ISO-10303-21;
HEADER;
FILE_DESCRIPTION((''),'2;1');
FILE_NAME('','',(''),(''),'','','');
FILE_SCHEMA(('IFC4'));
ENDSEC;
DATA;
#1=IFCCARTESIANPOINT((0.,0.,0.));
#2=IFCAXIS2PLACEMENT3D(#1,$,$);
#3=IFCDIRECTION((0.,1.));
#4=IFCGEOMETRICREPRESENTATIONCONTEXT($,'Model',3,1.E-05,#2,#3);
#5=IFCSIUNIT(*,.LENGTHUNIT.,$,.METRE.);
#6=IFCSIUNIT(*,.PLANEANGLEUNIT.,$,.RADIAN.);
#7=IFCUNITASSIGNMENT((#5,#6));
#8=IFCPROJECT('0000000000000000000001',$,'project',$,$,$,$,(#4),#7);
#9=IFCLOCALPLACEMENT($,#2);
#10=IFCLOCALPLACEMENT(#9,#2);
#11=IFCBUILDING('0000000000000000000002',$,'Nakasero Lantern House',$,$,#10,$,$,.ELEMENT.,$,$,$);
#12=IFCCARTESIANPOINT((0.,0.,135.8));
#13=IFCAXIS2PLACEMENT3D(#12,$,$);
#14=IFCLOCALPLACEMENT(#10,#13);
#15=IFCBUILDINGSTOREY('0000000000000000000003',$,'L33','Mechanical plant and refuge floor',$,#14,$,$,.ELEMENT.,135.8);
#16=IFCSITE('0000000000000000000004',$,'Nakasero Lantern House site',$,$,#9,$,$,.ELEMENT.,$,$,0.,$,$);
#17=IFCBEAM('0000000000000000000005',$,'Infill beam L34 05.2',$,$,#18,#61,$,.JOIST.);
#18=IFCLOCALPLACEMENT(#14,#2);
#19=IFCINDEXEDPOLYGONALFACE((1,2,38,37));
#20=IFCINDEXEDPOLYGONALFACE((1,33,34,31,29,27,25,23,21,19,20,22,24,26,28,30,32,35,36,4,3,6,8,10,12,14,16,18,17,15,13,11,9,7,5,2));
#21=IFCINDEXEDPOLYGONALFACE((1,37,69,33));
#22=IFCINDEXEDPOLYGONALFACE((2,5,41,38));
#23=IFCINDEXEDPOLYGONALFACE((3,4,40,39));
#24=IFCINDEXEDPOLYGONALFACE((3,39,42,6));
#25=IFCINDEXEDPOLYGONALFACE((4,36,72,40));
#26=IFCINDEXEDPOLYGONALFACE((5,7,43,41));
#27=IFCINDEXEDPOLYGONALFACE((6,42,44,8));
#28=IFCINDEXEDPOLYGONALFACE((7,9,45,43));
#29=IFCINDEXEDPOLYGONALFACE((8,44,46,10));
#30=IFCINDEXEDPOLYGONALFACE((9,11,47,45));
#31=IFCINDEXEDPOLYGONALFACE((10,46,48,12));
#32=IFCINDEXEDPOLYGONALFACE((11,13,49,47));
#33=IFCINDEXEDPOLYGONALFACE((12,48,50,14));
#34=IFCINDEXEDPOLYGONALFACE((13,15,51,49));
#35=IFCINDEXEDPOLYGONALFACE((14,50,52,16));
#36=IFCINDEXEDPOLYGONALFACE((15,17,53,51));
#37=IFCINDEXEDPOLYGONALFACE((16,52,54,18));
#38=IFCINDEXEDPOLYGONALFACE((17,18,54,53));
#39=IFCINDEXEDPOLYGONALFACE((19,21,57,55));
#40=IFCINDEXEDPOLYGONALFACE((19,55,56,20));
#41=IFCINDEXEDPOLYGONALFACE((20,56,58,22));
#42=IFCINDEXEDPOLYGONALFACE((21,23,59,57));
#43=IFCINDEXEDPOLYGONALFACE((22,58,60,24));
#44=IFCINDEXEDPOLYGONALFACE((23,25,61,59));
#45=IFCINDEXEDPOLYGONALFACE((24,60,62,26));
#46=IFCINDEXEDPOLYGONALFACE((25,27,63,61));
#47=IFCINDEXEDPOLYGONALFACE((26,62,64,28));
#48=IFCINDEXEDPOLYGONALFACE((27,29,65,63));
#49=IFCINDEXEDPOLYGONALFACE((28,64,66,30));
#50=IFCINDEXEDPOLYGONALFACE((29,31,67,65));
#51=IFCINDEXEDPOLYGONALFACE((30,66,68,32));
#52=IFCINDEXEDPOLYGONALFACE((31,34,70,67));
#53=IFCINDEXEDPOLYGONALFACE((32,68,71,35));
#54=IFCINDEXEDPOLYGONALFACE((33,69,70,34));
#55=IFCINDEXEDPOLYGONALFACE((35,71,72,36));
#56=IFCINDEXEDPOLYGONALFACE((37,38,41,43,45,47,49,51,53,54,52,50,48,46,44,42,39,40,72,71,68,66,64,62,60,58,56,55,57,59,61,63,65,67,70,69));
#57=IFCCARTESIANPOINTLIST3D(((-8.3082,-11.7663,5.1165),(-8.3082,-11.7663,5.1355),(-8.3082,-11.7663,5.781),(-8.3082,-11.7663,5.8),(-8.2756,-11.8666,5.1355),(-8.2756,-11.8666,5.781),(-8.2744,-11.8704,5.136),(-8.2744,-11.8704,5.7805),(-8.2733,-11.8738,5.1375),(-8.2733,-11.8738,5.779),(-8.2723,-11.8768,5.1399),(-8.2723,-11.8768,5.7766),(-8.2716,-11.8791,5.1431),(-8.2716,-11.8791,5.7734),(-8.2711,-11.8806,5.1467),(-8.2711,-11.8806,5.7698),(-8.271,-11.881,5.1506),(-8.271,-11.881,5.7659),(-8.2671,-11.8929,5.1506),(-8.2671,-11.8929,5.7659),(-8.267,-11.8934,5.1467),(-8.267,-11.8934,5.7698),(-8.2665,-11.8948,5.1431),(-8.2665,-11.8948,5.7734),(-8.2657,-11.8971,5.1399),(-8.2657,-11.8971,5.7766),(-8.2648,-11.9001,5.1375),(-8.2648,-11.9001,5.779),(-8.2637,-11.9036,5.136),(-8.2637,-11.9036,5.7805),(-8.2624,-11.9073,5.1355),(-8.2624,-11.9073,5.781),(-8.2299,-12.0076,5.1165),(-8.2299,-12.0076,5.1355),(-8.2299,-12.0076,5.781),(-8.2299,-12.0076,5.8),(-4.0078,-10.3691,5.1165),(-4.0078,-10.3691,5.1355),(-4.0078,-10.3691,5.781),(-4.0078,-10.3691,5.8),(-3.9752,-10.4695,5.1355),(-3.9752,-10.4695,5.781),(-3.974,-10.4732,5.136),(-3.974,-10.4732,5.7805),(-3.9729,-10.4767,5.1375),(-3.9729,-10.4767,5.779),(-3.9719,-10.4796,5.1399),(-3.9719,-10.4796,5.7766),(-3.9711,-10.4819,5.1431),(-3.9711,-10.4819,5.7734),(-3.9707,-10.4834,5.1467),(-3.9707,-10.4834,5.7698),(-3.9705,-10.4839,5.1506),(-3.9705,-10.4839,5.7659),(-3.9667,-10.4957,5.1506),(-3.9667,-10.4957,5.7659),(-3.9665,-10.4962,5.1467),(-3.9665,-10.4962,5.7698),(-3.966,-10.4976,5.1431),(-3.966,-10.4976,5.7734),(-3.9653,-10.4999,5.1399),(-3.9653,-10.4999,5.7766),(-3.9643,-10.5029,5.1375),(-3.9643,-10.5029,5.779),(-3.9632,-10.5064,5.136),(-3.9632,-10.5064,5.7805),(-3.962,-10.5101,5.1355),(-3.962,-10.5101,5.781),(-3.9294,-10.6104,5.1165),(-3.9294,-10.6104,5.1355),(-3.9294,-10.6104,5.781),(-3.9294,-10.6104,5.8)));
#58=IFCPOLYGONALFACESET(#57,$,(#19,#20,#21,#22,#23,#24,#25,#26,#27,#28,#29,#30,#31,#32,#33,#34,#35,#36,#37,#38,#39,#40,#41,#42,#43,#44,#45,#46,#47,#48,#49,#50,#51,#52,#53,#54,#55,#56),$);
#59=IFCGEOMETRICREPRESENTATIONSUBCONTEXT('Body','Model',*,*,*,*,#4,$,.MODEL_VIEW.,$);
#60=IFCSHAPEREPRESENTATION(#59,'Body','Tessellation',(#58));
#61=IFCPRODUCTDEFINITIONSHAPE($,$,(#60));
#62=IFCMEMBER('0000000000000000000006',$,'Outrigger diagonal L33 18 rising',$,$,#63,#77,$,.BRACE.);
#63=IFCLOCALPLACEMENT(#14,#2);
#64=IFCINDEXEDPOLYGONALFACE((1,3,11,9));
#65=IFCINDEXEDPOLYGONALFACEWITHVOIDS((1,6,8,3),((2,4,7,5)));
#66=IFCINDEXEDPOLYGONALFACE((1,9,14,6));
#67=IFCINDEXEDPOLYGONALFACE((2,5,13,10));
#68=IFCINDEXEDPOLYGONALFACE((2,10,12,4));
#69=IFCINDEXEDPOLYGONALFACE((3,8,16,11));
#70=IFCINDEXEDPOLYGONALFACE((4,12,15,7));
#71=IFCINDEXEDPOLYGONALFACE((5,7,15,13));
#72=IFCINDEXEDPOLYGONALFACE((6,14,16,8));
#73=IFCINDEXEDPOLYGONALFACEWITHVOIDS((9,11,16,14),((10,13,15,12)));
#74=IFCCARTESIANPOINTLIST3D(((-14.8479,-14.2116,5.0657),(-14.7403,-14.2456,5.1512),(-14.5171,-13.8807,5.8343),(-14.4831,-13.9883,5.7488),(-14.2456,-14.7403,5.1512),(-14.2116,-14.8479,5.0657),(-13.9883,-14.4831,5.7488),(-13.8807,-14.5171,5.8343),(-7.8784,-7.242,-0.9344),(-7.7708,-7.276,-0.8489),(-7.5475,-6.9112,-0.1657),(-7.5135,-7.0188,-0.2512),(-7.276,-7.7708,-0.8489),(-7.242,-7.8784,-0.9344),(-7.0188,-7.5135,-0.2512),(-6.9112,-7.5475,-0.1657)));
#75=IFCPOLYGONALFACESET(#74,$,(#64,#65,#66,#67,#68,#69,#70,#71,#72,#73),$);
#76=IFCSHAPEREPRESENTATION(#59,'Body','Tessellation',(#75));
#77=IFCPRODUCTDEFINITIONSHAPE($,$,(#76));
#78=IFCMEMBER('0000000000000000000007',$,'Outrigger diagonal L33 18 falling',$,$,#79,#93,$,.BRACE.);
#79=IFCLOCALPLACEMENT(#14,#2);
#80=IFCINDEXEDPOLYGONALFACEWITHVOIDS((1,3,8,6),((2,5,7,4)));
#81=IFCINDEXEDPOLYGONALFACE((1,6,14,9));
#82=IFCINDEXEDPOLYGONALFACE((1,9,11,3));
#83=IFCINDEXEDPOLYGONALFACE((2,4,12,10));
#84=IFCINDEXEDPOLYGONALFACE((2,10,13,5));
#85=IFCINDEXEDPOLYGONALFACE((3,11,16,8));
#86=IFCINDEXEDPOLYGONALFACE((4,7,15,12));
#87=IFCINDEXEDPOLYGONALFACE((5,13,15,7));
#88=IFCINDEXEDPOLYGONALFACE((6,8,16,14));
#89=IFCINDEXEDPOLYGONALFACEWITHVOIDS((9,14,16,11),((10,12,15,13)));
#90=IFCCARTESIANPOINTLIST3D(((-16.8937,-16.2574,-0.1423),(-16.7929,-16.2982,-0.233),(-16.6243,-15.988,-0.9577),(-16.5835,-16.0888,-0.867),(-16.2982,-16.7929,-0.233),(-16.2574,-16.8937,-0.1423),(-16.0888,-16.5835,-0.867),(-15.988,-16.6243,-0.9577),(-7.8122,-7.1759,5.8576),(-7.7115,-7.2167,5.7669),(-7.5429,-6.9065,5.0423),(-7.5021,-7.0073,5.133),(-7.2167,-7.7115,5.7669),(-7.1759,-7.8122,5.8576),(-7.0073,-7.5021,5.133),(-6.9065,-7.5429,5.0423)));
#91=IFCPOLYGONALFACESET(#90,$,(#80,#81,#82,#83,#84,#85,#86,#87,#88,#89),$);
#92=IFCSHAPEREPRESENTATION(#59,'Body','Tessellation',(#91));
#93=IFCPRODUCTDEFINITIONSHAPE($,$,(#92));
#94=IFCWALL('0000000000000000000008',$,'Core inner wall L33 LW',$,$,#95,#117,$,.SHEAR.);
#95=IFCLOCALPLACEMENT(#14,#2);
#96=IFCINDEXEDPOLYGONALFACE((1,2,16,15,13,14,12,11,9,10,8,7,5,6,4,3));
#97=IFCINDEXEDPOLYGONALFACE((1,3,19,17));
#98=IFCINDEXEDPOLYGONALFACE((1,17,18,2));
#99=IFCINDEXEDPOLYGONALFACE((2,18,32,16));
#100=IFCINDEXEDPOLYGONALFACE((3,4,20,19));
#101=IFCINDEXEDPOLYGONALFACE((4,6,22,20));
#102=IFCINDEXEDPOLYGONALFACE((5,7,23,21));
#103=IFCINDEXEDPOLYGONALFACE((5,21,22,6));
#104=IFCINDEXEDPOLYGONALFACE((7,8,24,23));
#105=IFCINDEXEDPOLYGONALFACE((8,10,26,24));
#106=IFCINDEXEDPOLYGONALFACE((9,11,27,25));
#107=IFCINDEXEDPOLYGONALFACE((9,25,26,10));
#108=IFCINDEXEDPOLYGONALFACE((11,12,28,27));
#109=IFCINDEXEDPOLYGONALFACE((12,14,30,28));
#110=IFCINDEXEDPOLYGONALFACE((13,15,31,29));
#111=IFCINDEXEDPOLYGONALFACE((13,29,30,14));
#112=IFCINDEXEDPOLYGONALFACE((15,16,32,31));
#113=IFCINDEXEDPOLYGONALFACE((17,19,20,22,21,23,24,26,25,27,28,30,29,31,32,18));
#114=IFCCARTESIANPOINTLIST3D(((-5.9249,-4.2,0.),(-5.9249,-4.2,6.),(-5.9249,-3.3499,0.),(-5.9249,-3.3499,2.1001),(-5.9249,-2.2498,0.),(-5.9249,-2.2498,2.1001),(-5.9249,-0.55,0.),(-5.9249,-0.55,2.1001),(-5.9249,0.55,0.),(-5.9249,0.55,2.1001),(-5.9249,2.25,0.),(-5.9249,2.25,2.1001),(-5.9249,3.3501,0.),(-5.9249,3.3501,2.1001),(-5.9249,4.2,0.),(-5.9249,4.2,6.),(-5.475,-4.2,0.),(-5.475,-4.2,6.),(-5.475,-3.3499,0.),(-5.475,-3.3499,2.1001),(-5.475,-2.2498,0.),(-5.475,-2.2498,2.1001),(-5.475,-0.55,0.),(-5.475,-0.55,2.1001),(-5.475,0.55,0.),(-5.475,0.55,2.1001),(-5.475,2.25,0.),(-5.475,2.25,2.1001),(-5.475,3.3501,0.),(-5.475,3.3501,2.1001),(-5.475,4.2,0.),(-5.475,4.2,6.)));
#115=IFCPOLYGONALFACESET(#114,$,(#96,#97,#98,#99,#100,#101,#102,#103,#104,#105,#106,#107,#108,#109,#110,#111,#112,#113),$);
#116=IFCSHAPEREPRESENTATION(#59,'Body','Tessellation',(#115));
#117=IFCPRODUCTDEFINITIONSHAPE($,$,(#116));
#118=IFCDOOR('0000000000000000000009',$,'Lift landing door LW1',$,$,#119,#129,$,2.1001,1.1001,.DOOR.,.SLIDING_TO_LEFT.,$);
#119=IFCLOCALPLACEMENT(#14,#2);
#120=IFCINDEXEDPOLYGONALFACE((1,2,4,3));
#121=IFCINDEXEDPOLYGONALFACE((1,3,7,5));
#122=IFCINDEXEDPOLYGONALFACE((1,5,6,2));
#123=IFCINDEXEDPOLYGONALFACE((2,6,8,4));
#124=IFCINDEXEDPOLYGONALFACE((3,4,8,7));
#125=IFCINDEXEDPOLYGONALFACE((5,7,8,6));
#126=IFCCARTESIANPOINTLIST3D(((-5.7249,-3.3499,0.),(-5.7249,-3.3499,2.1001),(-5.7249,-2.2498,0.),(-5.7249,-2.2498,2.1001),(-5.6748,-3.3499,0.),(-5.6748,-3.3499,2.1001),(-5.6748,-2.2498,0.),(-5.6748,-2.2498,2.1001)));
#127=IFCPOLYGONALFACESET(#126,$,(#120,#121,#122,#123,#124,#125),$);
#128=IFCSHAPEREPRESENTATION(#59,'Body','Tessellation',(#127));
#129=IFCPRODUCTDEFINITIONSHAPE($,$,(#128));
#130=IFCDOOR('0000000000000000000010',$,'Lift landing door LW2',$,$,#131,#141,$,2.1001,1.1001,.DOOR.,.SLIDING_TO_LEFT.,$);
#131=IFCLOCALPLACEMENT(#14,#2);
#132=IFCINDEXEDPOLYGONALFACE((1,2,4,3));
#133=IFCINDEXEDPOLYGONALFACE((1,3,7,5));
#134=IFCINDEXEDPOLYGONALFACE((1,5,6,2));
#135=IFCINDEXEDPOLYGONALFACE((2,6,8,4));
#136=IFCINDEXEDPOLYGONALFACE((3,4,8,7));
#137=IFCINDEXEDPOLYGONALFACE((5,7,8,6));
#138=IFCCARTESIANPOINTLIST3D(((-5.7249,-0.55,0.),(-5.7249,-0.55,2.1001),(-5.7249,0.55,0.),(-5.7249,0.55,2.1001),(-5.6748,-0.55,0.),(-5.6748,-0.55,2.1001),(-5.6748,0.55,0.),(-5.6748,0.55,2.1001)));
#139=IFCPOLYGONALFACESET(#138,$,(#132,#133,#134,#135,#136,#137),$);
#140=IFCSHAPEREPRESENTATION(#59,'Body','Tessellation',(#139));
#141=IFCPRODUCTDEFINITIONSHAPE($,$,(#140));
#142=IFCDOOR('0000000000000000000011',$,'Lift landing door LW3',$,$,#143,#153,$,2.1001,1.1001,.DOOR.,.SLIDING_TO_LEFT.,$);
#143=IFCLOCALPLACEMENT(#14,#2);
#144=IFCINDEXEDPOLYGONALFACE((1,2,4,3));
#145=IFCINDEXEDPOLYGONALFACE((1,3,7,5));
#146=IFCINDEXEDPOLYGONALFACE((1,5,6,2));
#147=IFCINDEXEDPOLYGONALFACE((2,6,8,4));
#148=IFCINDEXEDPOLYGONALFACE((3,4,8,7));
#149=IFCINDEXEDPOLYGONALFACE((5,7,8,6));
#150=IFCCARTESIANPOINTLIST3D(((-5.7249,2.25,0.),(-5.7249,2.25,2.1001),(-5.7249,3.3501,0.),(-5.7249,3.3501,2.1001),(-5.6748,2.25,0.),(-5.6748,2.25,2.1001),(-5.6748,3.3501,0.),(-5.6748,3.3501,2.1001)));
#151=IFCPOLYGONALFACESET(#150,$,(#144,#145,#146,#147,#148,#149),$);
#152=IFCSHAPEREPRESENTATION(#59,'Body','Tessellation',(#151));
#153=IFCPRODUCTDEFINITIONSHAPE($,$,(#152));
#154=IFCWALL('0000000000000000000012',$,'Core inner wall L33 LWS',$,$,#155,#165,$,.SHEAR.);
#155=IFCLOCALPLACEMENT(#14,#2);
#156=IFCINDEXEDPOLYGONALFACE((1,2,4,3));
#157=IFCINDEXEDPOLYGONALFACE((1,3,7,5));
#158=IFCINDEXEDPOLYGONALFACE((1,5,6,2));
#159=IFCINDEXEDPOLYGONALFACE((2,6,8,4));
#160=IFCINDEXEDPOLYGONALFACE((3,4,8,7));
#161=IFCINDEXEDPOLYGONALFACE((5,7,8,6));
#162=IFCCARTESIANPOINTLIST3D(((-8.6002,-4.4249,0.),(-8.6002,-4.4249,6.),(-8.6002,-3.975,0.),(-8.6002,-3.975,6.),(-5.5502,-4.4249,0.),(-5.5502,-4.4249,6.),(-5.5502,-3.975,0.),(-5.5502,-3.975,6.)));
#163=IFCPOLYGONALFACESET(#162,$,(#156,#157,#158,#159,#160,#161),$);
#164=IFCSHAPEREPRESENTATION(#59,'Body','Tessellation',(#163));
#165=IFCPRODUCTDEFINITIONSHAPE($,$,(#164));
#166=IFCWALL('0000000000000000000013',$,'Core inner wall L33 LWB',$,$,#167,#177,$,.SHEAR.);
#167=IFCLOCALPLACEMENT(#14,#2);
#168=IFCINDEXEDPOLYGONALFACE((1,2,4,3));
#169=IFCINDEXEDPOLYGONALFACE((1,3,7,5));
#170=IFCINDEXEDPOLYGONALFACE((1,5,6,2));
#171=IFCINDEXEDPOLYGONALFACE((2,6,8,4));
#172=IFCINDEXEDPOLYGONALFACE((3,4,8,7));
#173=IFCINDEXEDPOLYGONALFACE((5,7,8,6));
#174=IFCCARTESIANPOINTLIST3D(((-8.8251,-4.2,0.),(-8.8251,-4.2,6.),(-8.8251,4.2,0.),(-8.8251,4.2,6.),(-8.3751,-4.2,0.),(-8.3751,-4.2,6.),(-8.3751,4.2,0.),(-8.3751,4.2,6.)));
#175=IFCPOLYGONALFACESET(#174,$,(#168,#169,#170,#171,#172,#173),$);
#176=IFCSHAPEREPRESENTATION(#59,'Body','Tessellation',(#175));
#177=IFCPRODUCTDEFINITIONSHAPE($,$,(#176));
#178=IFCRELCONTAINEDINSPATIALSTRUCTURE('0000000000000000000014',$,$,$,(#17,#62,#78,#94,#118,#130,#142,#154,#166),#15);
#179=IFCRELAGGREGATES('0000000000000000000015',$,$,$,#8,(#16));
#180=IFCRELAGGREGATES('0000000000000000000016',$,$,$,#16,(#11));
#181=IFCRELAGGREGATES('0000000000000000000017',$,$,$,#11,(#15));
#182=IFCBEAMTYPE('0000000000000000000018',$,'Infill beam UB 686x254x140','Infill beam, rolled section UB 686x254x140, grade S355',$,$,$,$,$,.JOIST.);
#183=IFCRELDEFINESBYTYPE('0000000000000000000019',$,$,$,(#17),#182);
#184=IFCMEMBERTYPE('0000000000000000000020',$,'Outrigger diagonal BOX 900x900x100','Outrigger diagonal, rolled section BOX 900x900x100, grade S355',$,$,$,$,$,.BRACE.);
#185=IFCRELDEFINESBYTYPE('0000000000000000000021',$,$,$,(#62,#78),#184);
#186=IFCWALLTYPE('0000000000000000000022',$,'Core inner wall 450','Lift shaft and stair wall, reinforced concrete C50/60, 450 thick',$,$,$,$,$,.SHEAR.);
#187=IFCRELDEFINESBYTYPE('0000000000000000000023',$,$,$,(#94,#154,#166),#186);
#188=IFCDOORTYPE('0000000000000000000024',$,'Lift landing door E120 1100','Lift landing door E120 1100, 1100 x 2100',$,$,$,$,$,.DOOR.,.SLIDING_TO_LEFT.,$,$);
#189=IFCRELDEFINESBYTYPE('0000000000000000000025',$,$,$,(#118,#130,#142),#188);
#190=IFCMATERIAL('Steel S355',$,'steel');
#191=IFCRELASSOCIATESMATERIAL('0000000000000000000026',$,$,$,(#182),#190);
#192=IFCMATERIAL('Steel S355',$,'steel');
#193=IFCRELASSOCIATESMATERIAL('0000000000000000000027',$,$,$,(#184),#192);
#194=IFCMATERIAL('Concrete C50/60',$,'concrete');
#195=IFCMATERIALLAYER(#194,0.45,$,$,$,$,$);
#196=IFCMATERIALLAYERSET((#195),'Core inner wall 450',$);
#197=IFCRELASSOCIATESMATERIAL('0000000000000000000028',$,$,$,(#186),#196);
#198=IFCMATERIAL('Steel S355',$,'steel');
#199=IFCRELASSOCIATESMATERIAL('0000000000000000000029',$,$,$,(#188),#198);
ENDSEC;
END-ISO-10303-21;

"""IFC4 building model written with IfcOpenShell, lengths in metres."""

from ifc_helpers import new_model, si_unit, direction, frame, frame_2d, origin, origin_2d, place, context, subcontext, project, spatial, rectangle, hollow_rectangle, i_section, extrude, material, layer, layer_set, material_profile, profile_set, type_object, element, fill, save


model = new_model("IFC4")

# Units and contexts
model_context = context("Model", 3, precision=1e-05, world=origin(), true_north=direction((0.0, 1.0)))
body_context = subcontext(model_context, "Body", "Model", "MODEL_VIEW")
ifc_project = project(units=[si_unit("LENGTHUNIT", "METRE"), si_unit("PLANEANGLEUNIT", "RADIAN")], contexts=[model_context])

# Site, building, storey
site_placement = place(None, origin())
site = spatial("IfcSite", under=ifc_project, at=site_placement, Name="Nakasero Lantern House site", CompositionType="ELEMENT", RefElevation=0.0)
building_placement = place(site_placement, origin())
building = spatial("IfcBuilding", under=site, at=building_placement, Name="Nakasero Lantern House", CompositionType="ELEMENT")
storey_placement = place(building_placement, frame((0.0, 0.0, 135.8)))
storey = spatial("IfcBuildingStorey", under=building, at=storey_placement, Name="L33", Description="Mechanical plant and refuge floor", CompositionType="ELEMENT", Elevation=135.8)

# Beam
ifc_material_1 = material(Name="Steel S355", Category="steel")
ifc_material_profile_1 = material_profile(ifc_material_1, i_section(OverallWidth=0.2537, OverallDepth=0.6836, WebThickness=0.0125, FlangeThickness=0.019, FilletRadius=0.0151, at=origin_2d()), Name="UB 686x254x140")
ifc_profile_set_1 = profile_set([ifc_material_profile_1], Name="Steel S355")
beam_type = type_object("IfcBeamType", Name="Infill beam UB 686x254x140", Description="Infill beam, rolled section UB 686x254x140, grade S355", PredefinedType="JOIST", material=ifc_profile_set_1)
beam_placement = place(storey_placement, frame((-8.269, -11.887, 5.4583), z_axis=(0.951064, 0.308995, 0.0), x_axis=(-0.308995, 0.951064, 0.0)))
element("IfcBeam", 1, at=beam_placement, inside=storey, type_object=beam_type, Name="Infill beam L34 05.2", PredefinedType="JOIST", context=body_context, shape_type="SweptSolid", body=[
    extrude(i_section(OverallWidth=0.2537, OverallDepth=0.6836, WebThickness=0.0125, FlangeThickness=0.019, FilletRadius=0.0151, at=origin_2d()), origin(), (0.0, 0.0, 1.0), 4.5217),
])

# Members
ifc_material_2 = material(Name="Steel S355", Category="steel")
ifc_material_profile_2 = material_profile(ifc_material_2, hollow_rectangle(XDim=0.8999, YDim=0.8999, WallThickness=0.1001, at=origin_2d()), Name="BOX 900x900x100")
ifc_profile_set_2 = profile_set([ifc_material_profile_2], Name="Steel S355")
member_type = type_object("IfcMemberType", Name="Outrigger diagonal BOX 900x900x100", Description="Outrigger diagonal, rolled section BOX 900x900x100, grade S355", PredefinedType="BRACE", material=ifc_profile_set_2)
member_1_placement = place(storey_placement, frame((-7.3948, -7.3948, -0.55), z_axis=(-0.603996, -0.603996, 0.519978), x_axis=(0.707107, -0.707107, 0.0)))
element("IfcMember", 2, at=member_1_placement, inside=storey, type_object=member_type, Name="Outrigger diagonal L33 18 rising", PredefinedType="BRACE", context=body_context, shape_type="SweptSolid", body=[
    extrude(hollow_rectangle(XDim=0.8999, YDim=0.8999, WallThickness=0.1001, at=origin_2d()), origin(), (0.0, 0.0, 1.0), 11.5391),
])
member_2_placement = place(storey_placement, frame((-7.3594, -7.3594, 5.45), z_axis=(-0.640644, -0.640644, -0.423261), x_axis=(0.707107, -0.707107, 0.0)))
element("IfcMember", 3, at=member_2_placement, inside=storey, type_object=member_type, Name="Outrigger diagonal L33 18 falling", PredefinedType="BRACE", context=body_context, shape_type="SweptSolid", body=[
    extrude(hollow_rectangle(XDim=0.8999, YDim=0.8999, WallThickness=0.1001, at=origin_2d()), origin(), (0.0, 0.0, 1.0), 14.1755),
])

# Wall, openings, doors
ifc_material_3 = material(Name="Concrete C50/60", Category="concrete")
ifc_layer_1 = layer(ifc_material_3, 0.45)
ifc_layer_set_1 = layer_set([ifc_layer_1], Name="Core inner wall 450")
wall_type_1 = type_object("IfcWallType", Name="Core inner wall 450", Description="Lift shaft and stair wall, reinforced concrete C50/60, 450 thick", PredefinedType="SHEAR", material=ifc_layer_set_1)
wall_1_placement = place(storey_placement, frame((-5.7, -4.2, 0.0), z_axis=(0.0, 0.0, 1.0), x_axis=(0.0, 1.0, 0.0)))
wall_1 = element("IfcWall", 4, at=wall_1_placement, inside=storey, type_object=wall_type_1, Name="Core inner wall L33 LW", PredefinedType="SHEAR", context=body_context, shape_type="SweptSolid", body=[
    extrude(rectangle(XDim=8.3999, YDim=0.45, at=frame_2d((4.2, 0.0))), origin(), (0.0, 0.0, 1.0), 6.0),
])
opening_1_placement = place(wall_1_placement, frame((0.8501, 0.0, 0.0)))
opening_1 = element("IfcOpeningElement", 5, at=opening_1_placement, cuts=wall_1, PredefinedType="OPENING", context=body_context, shape_type="SweptSolid", body=[
    extrude(rectangle(XDim=1.1001, YDim=2.1001, at=frame_2d((0.55, 1.05))), frame((0.0, 0.2449, 0.0), z_axis=(0.0, -1.0, 0.0), x_axis=(1.0, 0.0, 0.0)), (0.0, 0.0, 1.0), 0.49),
])
opening_2_placement = place(wall_1_placement, frame((3.6499, 0.0, 0.0)))
opening_2 = element("IfcOpeningElement", 6, at=opening_2_placement, cuts=wall_1, PredefinedType="OPENING", context=body_context, shape_type="SweptSolid", body=[
    extrude(rectangle(XDim=1.1001, YDim=2.1001, at=frame_2d((0.55, 1.05))), frame((0.0, 0.2449, 0.0), z_axis=(0.0, -1.0, 0.0), x_axis=(1.0, 0.0, 0.0)), (0.0, 0.0, 1.0), 0.49),
])
opening_3_placement = place(wall_1_placement, frame((6.45, 0.0, 0.0)))
opening_3 = element("IfcOpeningElement", 7, at=opening_3_placement, cuts=wall_1, PredefinedType="OPENING", context=body_context, shape_type="SweptSolid", body=[
    extrude(rectangle(XDim=1.1001, YDim=2.1001, at=frame_2d((0.55, 1.05))), frame((0.0, 0.2449, 0.0), z_axis=(0.0, -1.0, 0.0), x_axis=(1.0, 0.0, 0.0)), (0.0, 0.0, 1.0), 0.49),
])
ifc_material_4 = material(Name="Steel S355", Category="steel")
door_type_1 = type_object("IfcDoorType", Name="Lift landing door E120 1100", Description="Lift landing door E120 1100, 1100 x 2100", OperationType="SLIDING_TO_LEFT", PredefinedType="DOOR", material=ifc_material_4)
door_1_placement = place(opening_1_placement, origin())
door_1 = element("IfcDoor", 8, at=door_1_placement, inside=storey, type_object=door_type_1, Name="Lift landing door LW1", OperationType="SLIDING_TO_LEFT", OverallHeight=2.1001, OverallWidth=1.1001, PredefinedType="DOOR", context=body_context, shape_type="SweptSolid", body=[
    extrude(rectangle(XDim=1.1001, YDim=2.1001, at=frame_2d((0.55, 1.05))), frame((0.0, 0.0249, 0.0), z_axis=(0.0, -1.0, 0.0), x_axis=(1.0, 0.0, 0.0)), (0.0, 0.0, 1.0), 0.05),
])
fill(opening_1, door_1)
door_2_placement = place(opening_2_placement, origin())
door_2 = element("IfcDoor", 9, at=door_2_placement, inside=storey, type_object=door_type_1, Name="Lift landing door LW2", OperationType="SLIDING_TO_LEFT", OverallHeight=2.1001, OverallWidth=1.1001, PredefinedType="DOOR", context=body_context, shape_type="SweptSolid", body=[
    extrude(rectangle(XDim=1.1001, YDim=2.1001, at=frame_2d((0.55, 1.05))), frame((0.0, 0.0249, 0.0), z_axis=(0.0, -1.0, 0.0), x_axis=(1.0, 0.0, 0.0)), (0.0, 0.0, 1.0), 0.05),
])
fill(opening_2, door_2)
door_3_placement = place(opening_3_placement, origin())
door_3 = element("IfcDoor", 10, at=door_3_placement, inside=storey, type_object=door_type_1, Name="Lift landing door LW3", OperationType="SLIDING_TO_LEFT", OverallHeight=2.1001, OverallWidth=1.1001, PredefinedType="DOOR", context=body_context, shape_type="SweptSolid", body=[
    extrude(rectangle(XDim=1.1001, YDim=2.1001, at=frame_2d((0.55, 1.05))), frame((0.0, 0.0249, 0.0), z_axis=(0.0, -1.0, 0.0), x_axis=(1.0, 0.0, 0.0)), (0.0, 0.0, 1.0), 0.05),
])
fill(opening_3, door_3)

# Walls
wall_2_placement = place(storey_placement, frame((-8.6001, -4.2, 0.0), z_axis=(0.0, 0.0, 1.0), x_axis=(1.0, 0.0, 0.0)))
element("IfcWall", 11, at=wall_2_placement, inside=storey, type_object=wall_type_1, Name="Core inner wall L33 LWS", PredefinedType="SHEAR", context=body_context, shape_type="SweptSolid", body=[
    extrude(rectangle(XDim=3.05, YDim=0.45, at=frame_2d((1.5249, 0.0))), origin(), (0.0, 0.0, 1.0), 6.0),
])
wall_3_placement = place(storey_placement, frame((-8.6001, -4.2, 0.0), z_axis=(0.0, 0.0, 1.0), x_axis=(0.0, 1.0, 0.0)))
element("IfcWall", 12, at=wall_3_placement, inside=storey, type_object=wall_type_1, Name="Core inner wall L33 LWB", PredefinedType="SHEAR", context=body_context, shape_type="SweptSolid", body=[
    extrude(rectangle(XDim=8.3999, YDim=0.45, at=frame_2d((4.2, 0.0))), origin(), (0.0, 0.0, 1.0), 6.0),
])

save(model, "model.ifc")
